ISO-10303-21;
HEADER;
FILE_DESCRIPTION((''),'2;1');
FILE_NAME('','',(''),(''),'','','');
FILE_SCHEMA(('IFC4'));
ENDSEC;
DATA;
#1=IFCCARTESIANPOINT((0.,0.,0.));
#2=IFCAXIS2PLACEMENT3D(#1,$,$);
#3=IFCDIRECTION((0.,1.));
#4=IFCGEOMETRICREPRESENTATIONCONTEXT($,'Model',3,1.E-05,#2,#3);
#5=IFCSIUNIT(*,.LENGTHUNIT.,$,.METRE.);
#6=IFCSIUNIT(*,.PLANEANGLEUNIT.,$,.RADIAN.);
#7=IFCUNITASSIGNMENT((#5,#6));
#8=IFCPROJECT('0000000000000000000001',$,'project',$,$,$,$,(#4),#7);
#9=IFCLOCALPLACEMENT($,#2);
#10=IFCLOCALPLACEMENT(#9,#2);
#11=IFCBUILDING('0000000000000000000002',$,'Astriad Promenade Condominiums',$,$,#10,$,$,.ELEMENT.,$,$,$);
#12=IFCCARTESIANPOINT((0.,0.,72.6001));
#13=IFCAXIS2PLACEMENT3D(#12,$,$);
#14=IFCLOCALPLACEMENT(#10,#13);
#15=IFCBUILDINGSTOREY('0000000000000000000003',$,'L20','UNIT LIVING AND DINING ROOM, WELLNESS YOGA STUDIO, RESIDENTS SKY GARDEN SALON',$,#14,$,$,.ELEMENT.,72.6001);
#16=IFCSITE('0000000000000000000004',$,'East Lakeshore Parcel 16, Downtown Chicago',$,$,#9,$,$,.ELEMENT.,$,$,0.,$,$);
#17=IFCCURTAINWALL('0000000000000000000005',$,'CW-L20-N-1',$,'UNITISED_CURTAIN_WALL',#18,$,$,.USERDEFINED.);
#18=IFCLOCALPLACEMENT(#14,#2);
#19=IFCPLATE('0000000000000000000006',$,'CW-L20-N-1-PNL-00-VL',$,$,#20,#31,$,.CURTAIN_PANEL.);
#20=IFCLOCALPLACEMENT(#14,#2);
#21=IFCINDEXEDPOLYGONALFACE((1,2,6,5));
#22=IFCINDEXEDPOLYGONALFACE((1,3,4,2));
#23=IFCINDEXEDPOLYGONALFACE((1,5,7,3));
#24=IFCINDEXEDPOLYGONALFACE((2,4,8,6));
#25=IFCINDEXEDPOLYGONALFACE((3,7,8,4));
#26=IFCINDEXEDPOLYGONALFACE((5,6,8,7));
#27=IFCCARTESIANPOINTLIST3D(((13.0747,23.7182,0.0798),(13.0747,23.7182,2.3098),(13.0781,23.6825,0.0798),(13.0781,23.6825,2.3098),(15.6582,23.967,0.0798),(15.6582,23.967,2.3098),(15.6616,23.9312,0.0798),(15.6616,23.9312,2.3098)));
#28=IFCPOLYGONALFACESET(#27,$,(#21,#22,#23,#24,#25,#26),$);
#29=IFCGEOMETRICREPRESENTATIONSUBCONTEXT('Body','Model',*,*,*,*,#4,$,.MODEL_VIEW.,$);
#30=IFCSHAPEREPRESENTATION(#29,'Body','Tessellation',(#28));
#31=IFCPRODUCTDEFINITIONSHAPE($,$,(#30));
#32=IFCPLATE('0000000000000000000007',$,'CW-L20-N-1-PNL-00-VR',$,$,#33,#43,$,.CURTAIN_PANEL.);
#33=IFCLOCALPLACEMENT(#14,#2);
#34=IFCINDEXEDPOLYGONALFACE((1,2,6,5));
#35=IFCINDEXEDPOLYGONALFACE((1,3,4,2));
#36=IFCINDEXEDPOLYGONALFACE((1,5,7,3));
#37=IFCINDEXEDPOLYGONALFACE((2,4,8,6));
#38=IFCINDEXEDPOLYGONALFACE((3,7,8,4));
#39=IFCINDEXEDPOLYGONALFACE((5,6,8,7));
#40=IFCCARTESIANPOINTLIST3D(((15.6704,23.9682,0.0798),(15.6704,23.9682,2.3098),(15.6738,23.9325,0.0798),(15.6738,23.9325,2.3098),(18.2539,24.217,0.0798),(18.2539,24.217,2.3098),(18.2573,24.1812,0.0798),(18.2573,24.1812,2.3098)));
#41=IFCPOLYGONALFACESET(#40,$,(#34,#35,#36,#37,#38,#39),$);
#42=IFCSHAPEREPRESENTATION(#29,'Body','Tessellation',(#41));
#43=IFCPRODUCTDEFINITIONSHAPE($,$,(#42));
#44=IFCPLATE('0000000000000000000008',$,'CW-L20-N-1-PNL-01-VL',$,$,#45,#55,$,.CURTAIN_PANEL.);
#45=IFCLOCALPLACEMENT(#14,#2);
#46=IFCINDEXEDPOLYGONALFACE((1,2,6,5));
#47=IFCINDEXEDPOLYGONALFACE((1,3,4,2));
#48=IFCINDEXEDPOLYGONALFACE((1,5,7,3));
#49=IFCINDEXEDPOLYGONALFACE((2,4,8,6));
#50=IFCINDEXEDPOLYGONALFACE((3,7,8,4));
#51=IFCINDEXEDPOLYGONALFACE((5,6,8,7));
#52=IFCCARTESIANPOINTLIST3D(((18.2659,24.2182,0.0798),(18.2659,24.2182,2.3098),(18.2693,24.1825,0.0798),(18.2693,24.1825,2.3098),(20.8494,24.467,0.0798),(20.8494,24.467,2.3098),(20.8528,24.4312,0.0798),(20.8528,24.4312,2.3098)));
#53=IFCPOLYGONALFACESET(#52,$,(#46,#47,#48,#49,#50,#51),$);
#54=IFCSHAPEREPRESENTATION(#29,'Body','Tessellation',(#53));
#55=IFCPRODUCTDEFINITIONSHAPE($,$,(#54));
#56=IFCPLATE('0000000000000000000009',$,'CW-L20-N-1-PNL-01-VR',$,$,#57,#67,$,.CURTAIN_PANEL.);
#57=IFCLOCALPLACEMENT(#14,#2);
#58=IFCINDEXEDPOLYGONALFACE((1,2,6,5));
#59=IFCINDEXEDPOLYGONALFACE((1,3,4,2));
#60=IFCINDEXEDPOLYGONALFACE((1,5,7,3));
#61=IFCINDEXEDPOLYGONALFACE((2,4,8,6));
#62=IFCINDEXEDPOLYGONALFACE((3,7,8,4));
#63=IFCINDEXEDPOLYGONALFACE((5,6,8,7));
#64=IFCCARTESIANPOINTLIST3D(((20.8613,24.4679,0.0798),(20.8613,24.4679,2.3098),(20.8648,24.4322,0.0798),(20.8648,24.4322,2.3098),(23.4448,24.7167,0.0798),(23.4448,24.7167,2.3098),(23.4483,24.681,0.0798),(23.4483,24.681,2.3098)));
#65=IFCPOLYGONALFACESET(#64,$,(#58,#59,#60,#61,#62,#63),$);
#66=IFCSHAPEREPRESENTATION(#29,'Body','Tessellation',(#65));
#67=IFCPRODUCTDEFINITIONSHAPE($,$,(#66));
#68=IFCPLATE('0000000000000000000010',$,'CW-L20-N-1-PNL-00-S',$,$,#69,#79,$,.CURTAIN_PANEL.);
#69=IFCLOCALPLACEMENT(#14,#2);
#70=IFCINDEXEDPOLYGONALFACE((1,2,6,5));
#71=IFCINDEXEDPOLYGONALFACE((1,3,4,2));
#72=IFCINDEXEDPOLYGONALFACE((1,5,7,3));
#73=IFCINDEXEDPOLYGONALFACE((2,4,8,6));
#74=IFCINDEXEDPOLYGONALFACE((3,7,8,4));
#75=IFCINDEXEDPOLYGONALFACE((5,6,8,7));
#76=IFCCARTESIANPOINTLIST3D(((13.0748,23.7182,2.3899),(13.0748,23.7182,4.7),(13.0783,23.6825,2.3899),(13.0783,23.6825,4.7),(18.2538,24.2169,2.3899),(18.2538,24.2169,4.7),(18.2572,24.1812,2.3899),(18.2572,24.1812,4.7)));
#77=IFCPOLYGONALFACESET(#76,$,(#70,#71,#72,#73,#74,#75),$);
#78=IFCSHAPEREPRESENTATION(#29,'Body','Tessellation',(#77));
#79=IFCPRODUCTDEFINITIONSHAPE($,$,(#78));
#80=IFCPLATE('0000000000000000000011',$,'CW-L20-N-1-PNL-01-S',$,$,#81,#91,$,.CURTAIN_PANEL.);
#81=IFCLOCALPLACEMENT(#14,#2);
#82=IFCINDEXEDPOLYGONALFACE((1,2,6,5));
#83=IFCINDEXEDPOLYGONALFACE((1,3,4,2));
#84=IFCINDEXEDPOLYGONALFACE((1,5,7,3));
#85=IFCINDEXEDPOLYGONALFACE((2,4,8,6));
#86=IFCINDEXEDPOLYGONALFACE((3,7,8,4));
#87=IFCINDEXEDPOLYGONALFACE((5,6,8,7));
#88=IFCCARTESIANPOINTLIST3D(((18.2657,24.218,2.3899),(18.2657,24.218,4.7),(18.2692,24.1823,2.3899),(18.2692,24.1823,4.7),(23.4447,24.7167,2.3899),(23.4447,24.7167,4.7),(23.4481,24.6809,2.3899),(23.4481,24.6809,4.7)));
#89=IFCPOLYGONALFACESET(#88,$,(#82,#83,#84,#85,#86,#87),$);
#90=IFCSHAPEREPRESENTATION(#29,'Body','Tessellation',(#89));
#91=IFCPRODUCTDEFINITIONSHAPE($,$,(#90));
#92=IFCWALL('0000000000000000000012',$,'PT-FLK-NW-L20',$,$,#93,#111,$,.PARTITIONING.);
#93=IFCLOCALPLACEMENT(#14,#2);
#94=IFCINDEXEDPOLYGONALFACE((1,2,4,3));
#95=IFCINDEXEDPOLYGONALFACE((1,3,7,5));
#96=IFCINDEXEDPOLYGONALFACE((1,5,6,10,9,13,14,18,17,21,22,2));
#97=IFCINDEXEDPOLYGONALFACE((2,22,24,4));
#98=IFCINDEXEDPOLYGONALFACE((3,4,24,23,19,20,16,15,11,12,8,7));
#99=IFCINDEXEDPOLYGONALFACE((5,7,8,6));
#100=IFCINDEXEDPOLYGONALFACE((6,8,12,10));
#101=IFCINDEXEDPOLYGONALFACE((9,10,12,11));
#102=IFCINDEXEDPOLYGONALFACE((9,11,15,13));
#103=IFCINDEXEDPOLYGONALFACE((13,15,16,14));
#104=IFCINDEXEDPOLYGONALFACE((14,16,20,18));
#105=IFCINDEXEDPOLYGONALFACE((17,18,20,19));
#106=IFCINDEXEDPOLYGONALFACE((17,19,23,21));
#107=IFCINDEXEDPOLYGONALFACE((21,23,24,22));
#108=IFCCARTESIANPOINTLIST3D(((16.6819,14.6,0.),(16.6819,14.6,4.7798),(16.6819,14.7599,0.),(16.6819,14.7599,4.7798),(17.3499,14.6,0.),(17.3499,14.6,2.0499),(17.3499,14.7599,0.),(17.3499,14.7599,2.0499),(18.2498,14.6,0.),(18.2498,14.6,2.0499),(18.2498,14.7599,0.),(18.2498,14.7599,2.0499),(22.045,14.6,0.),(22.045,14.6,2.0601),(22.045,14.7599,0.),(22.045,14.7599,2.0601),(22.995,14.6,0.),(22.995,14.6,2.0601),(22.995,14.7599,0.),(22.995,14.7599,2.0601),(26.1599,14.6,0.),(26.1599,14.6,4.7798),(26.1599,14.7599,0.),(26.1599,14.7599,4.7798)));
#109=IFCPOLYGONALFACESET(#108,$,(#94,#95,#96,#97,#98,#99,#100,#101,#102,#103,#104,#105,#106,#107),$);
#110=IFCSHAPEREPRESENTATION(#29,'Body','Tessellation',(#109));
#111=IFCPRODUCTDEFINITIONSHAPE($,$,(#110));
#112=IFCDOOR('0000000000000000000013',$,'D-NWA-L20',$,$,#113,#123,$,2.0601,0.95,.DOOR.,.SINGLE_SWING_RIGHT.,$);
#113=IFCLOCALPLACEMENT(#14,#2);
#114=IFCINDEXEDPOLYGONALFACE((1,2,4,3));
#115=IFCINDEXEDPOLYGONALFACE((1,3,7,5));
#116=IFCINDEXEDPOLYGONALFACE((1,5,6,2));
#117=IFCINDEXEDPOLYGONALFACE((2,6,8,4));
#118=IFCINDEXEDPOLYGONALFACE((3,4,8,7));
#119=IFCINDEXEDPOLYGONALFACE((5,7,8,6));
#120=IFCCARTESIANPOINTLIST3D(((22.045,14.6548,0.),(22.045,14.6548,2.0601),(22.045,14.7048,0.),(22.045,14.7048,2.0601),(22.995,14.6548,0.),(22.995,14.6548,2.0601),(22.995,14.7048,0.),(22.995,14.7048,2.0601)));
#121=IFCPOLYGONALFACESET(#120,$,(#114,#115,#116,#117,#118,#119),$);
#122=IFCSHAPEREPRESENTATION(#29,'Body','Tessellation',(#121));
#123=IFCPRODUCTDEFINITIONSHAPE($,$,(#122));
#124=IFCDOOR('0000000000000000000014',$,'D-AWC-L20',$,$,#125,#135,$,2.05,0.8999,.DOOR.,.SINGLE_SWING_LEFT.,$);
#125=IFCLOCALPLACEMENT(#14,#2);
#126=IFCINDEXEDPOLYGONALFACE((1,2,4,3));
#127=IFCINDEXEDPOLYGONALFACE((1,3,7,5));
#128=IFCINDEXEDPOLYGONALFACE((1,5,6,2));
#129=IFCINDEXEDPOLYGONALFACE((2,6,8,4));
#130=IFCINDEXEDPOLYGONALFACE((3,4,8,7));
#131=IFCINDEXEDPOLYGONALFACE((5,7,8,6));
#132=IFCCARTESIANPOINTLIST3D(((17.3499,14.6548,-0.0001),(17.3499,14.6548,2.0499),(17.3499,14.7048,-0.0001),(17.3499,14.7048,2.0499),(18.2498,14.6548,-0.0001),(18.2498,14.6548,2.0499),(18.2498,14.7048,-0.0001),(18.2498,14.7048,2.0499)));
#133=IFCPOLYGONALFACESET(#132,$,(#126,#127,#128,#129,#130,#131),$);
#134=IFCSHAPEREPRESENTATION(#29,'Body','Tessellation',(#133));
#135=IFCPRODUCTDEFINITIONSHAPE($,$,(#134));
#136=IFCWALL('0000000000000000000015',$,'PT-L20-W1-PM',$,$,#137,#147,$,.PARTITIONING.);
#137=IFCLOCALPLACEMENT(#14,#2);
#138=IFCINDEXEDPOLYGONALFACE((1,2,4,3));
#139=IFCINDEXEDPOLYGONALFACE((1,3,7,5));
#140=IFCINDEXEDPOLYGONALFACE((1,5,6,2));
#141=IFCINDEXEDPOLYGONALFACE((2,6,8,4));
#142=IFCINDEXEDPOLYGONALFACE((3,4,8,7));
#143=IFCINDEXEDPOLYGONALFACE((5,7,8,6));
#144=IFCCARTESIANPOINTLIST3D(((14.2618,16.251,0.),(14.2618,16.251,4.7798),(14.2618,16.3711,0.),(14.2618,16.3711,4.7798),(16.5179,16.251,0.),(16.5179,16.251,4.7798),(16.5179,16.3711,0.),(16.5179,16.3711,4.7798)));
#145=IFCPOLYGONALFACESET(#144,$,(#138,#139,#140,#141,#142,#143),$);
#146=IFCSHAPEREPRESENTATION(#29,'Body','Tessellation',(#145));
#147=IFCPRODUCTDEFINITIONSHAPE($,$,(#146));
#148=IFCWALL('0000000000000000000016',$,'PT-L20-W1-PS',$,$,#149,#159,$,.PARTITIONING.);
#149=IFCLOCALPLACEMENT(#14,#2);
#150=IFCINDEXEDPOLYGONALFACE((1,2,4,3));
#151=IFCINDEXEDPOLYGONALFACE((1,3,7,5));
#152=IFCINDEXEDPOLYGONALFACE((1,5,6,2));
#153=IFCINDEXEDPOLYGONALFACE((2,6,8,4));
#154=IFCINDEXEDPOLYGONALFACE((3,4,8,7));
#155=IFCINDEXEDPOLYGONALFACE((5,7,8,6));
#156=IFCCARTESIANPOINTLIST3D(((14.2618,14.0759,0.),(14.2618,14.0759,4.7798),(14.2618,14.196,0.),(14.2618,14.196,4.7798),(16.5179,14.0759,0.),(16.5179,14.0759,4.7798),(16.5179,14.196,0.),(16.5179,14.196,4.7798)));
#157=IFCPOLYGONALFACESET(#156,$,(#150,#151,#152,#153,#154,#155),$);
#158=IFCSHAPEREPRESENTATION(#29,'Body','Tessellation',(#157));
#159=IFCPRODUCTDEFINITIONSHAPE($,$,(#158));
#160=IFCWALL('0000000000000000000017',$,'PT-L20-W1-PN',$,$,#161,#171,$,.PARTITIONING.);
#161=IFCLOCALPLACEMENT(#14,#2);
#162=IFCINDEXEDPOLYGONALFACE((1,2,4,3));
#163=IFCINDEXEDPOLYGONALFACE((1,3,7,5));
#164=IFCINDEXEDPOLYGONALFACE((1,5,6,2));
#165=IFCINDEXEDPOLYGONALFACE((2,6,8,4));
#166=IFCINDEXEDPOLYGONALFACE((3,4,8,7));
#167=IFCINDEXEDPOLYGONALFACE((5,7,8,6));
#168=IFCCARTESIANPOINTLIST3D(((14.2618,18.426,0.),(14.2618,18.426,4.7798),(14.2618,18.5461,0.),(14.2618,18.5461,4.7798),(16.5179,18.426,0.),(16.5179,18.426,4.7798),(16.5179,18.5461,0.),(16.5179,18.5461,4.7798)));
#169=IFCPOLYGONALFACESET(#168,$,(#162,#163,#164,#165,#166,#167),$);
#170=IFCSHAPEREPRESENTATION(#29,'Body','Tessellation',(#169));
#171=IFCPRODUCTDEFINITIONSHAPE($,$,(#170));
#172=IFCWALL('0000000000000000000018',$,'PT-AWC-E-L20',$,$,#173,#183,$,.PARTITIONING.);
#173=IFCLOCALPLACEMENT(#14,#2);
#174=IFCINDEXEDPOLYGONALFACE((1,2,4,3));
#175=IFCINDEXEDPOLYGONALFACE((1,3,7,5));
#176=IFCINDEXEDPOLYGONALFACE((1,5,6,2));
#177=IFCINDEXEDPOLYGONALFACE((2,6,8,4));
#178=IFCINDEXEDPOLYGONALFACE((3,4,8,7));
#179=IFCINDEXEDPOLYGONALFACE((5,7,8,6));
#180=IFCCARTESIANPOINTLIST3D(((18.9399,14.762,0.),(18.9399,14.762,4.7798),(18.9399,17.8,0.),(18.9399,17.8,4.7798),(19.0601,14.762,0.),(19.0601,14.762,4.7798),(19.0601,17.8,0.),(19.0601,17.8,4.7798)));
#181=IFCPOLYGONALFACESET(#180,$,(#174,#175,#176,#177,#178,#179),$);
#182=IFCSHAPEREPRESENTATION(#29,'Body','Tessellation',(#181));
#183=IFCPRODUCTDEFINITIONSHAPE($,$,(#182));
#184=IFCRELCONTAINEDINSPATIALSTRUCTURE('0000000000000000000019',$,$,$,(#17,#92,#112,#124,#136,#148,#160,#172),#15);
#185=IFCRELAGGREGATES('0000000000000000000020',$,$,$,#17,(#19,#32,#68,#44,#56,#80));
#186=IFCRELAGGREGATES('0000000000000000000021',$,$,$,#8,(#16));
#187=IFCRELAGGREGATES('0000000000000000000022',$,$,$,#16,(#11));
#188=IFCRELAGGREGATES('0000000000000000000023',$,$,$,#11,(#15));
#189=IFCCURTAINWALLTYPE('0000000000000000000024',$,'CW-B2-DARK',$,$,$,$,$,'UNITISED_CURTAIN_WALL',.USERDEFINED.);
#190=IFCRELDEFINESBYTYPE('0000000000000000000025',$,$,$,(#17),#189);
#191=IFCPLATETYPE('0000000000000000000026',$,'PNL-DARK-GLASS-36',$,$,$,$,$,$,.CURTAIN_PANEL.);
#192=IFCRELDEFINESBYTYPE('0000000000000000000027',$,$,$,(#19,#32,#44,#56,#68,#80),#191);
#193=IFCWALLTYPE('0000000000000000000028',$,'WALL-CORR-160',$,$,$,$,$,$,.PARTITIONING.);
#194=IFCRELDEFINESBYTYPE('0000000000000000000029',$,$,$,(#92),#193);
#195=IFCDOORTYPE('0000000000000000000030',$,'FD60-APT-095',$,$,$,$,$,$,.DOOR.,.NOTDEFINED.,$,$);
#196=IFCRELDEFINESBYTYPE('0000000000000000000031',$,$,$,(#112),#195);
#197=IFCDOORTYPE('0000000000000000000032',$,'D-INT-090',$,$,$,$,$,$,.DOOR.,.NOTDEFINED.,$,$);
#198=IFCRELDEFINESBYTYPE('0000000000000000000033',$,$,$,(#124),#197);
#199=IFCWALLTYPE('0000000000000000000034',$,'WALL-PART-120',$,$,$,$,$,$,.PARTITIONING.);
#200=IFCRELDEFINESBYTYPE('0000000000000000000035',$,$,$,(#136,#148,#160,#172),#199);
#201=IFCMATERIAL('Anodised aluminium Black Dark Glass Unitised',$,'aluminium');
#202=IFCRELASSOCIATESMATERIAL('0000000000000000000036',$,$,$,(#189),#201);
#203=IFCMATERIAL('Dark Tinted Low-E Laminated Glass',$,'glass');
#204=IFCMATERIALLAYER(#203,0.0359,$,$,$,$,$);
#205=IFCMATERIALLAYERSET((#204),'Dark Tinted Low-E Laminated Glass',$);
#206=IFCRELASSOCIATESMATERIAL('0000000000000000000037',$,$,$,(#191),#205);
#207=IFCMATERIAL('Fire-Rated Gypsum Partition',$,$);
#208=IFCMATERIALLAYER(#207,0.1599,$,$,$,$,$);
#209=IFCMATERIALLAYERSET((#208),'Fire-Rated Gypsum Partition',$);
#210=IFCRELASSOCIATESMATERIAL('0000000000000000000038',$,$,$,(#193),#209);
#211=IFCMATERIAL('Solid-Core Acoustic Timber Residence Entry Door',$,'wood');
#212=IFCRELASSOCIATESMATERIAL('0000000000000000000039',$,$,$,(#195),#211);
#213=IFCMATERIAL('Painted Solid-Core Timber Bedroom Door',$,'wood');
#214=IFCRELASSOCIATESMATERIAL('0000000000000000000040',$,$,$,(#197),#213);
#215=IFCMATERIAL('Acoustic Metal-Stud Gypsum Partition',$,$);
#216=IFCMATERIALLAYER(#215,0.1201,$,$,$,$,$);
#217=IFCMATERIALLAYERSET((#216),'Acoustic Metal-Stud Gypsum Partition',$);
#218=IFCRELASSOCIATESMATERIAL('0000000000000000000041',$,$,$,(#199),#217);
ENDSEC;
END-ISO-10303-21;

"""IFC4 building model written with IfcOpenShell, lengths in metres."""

from ifc_helpers import new_model, si_unit, direction, frame, frame_2d, origin, origin_2d, place, context, subcontext, project, spatial, rectangle, extrude, source, transform, mapped, material, layer, layer_set, type_object, type_shapes, element, fill, aggregate, save


model = new_model("IFC4")

# Units and contexts
model_context = context("Model", 3, precision=1e-05, world=origin(), true_north=direction((0.0, 1.0)))
body_context = subcontext(model_context, "Body", "Model", "MODEL_VIEW")
ifc_project = project(units=[si_unit("LENGTHUNIT", "METRE"), si_unit("PLANEANGLEUNIT", "RADIAN")], contexts=[model_context])

# Site, building, storey
site_placement = place(None, origin())
site = spatial("IfcSite", under=ifc_project, at=site_placement, Name="East Lakeshore Parcel 16, Downtown Chicago", CompositionType="ELEMENT", RefElevation=0.0)
building_placement = place(site_placement, origin())
building = spatial("IfcBuilding", under=site, at=building_placement, Name="Astriad Promenade Condominiums", CompositionType="ELEMENT")
storey_placement = place(building_placement, frame((0.0, 0.0, 72.6001)))
storey = spatial("IfcBuildingStorey", under=building, at=storey_placement, Name="L20", Description="UNIT LIVING AND DINING ROOM, WELLNESS YOGA STUDIO, RESIDENTS SKY GARDEN SALON", CompositionType="ELEMENT", Elevation=72.6001)

# Curtain wall, plates
ifc_material_1 = material(Name="Anodised aluminium Black Dark Glass Unitised", Category="aluminium")
curtain_wall_type = type_object("IfcCurtainWallType", Name="CW-B2-DARK", ElementType="UNITISED_CURTAIN_WALL", PredefinedType="USERDEFINED", material=ifc_material_1)
curtain_wall_placement = place(storey_placement, origin())
curtain_wall = element("IfcCurtainWall", 1, at=curtain_wall_placement, inside=storey, type_object=curtain_wall_type, Name="CW-L20-N-1", ObjectType="UNITISED_CURTAIN_WALL", PredefinedType="USERDEFINED")
ifc_material_2 = material(Name="Dark Tinted Low-E Laminated Glass", Category="glass")
ifc_layer_1 = layer(ifc_material_2, 0.0359)
ifc_layer_set_1 = layer_set([ifc_layer_1], Name="Dark Tinted Low-E Laminated Glass")
plate_type = type_object("IfcPlateType", Name="PNL-DARK-GLASS-36", PredefinedType="CURTAIN_PANEL", material=ifc_layer_set_1)
shared_shape_1 = source(origin(), body_context, "Body", "SweptSolid", [
    extrude(rectangle(XDim=2.5955, YDim=0.0359, at=origin_2d()), origin(), (0.0, 0.0, 1.0), 2.23),
])
plate_1_placement = place(storey_placement, frame((14.3682, 23.8247, 0.0798), z_axis=(0.0, 0.0, 1.0), x_axis=(0.995396, 0.095846, 0.0)))
plate_1 = element("IfcPlate", 2, at=plate_1_placement, type_object=plate_type, Name="CW-L20-N-1-PNL-00-VL", PredefinedType="CURTAIN_PANEL", context=body_context, shape_type="MappedRepresentation", body=[
    mapped(shared_shape_1, transform((0.0, 0.0, 0.0), scale=1.0)),
])
plate_2_placement = place(storey_placement, frame((16.9639, 24.0747, 0.0798), z_axis=(0.0, 0.0, 1.0), x_axis=(0.995396, 0.095846, 0.0)))
plate_2 = element("IfcPlate", 3, at=plate_2_placement, type_object=plate_type, Name="CW-L20-N-1-PNL-00-VR", PredefinedType="CURTAIN_PANEL", context=body_context, shape_type="MappedRepresentation", body=[
    mapped(shared_shape_1, transform((0.0, 0.0, 0.0), scale=1.0)),
])
plate_3_placement = place(storey_placement, frame((19.5593, 24.3247, 0.0798), z_axis=(0.0, 0.0, 1.0), x_axis=(0.995396, 0.095846, 0.0)))
plate_3 = element("IfcPlate", 4, at=plate_3_placement, type_object=plate_type, Name="CW-L20-N-1-PNL-01-VL", PredefinedType="CURTAIN_PANEL", context=body_context, shape_type="MappedRepresentation", body=[
    mapped(shared_shape_1, transform((0.0, 0.0, 0.0), scale=1.0)),
])
plate_4_placement = place(storey_placement, frame((22.1548, 24.5745, 0.0798), z_axis=(0.0, 0.0, 1.0), x_axis=(0.995396, 0.095846, 0.0)))
plate_4 = element("IfcPlate", 5, at=plate_4_placement, type_object=plate_type, Name="CW-L20-N-1-PNL-01-VR", PredefinedType="CURTAIN_PANEL", context=body_context, shape_type="MappedRepresentation", body=[
    mapped(shared_shape_1, transform((0.0, 0.0, 0.0), scale=1.0)),
])
shared_shape_2 = source(origin(), body_context, "Body", "SweptSolid", [
    extrude(rectangle(XDim=5.2029, YDim=0.0359, at=origin_2d()), origin(), (0.0, 0.0, 1.0), 2.3101),
])
type_shapes(plate_type, [shared_shape_1, shared_shape_2])
plate_5_placement = place(storey_placement, frame((15.666, 23.9497, 2.3899), z_axis=(0.0, 0.0, 1.0), x_axis=(0.995396, 0.095846, 0.0)))
plate_5 = element("IfcPlate", 6, at=plate_5_placement, type_object=plate_type, Name="CW-L20-N-1-PNL-00-S", PredefinedType="CURTAIN_PANEL", context=body_context, shape_type="MappedRepresentation", body=[
    mapped(shared_shape_2, transform((0.0, 0.0, 0.0), scale=1.0)),
])
plate_6_placement = place(storey_placement, frame((20.8569, 24.4495, 2.3899), z_axis=(0.0, 0.0, 1.0), x_axis=(0.995396, 0.095846, 0.0)))
plate_6 = element("IfcPlate", 7, at=plate_6_placement, type_object=plate_type, Name="CW-L20-N-1-PNL-01-S", PredefinedType="CURTAIN_PANEL", context=body_context, shape_type="MappedRepresentation", body=[
    mapped(shared_shape_2, transform((0.0, 0.0, 0.0), scale=1.0)),
])
aggregate(curtain_wall, [plate_1, plate_2, plate_5, plate_3, plate_4, plate_6])

# Wall, openings, doors
ifc_material_3 = material(Name="Fire-Rated Gypsum Partition")
ifc_layer_2 = layer(ifc_material_3, 0.1599)
ifc_layer_set_2 = layer_set([ifc_layer_2], Name="Fire-Rated Gypsum Partition")
wall_type_1 = type_object("IfcWallType", Name="WALL-CORR-160", PredefinedType="PARTITIONING", material=ifc_layer_set_2)
wall_1_placement = place(storey_placement, frame((16.6819, 14.6799, 0.0), z_axis=(0.0, 0.0, 1.0), x_axis=(1.0, 0.0, 0.0)))
wall_1 = element("IfcWall", 8, at=wall_1_placement, inside=storey, type_object=wall_type_1, Name="PT-FLK-NW-L20", PredefinedType="PARTITIONING", context=body_context, shape_type="SweptSolid", body=[
    extrude(rectangle(XDim=9.478, YDim=0.1599, at=frame_2d((4.739, 0.0))), origin(), (0.0, 0.0, 1.0), 4.7798),
])
opening_1_placement = place(wall_1_placement, frame((0.668, 0.0, 0.0)))
opening_1 = element("IfcOpeningElement", 9, at=opening_1_placement, cuts=wall_1, PredefinedType="OPENING", context=body_context, shape_type="SweptSolid", body=[
    extrude(rectangle(XDim=0.8999, YDim=2.05, at=frame_2d((0.45, 1.0249))), frame((0.0, 0.0898, 0.0), z_axis=(0.0, -1.0, 0.0), x_axis=(1.0, 0.0, 0.0)), (0.0, 0.0, 1.0), 0.1799),
])
opening_2_placement = place(wall_1_placement, frame((5.363, 0.0, 0.0)))
opening_2 = element("IfcOpeningElement", 10, at=opening_2_placement, cuts=wall_1, PredefinedType="OPENING", context=body_context, shape_type="SweptSolid", body=[
    extrude(rectangle(XDim=0.95, YDim=2.0601, at=frame_2d((0.4751, 1.03))), frame((0.0, 0.0898, 0.0), z_axis=(0.0, -1.0, 0.0), x_axis=(1.0, 0.0, 0.0)), (0.0, 0.0, 1.0), 0.1799),
])
ifc_material_4 = material(Name="Solid-Core Acoustic Timber Residence Entry Door", Category="wood")
door_type_1 = type_object("IfcDoorType", Name="FD60-APT-095", OperationType="NOTDEFINED", PredefinedType="DOOR", material=ifc_material_4)
shared_shape_3 = source(origin(), body_context, "Body", "SweptSolid", [
    extrude(rectangle(XDim=0.95, YDim=2.0601, at=frame_2d((0.4751, 1.03))), frame((0.0, 0.0249, 0.0), z_axis=(0.0, -1.0, 0.0), x_axis=(1.0, 0.0, 0.0)), (0.0, 0.0, 1.0), 0.05),
])
type_shapes(door_type_1, [shared_shape_3])
door_1_placement = place(opening_2_placement, origin())
door_1 = element("IfcDoor", 11, at=door_1_placement, inside=storey, type_object=door_type_1, Name="D-NWA-L20", OperationType="SINGLE_SWING_RIGHT", OverallHeight=2.0601, OverallWidth=0.95, PredefinedType="DOOR", context=body_context, shape_type="MappedRepresentation", body=[
    mapped(shared_shape_3, transform((0.0, 0.0, 0.0), scale=1.0)),
])
fill(opening_2, door_1)
ifc_material_5 = material(Name="Painted Solid-Core Timber Bedroom Door", Category="wood")
door_type_2 = type_object("IfcDoorType", Name="D-INT-090", OperationType="NOTDEFINED", PredefinedType="DOOR", material=ifc_material_5)
shared_shape_4 = source(origin(), body_context, "Body", "SweptSolid", [
    extrude(rectangle(XDim=0.8999, YDim=2.05, at=frame_2d((0.45, 1.0249))), frame((0.0, 0.0249, 0.0), z_axis=(0.0, -1.0, 0.0), x_axis=(1.0, 0.0, 0.0)), (0.0, 0.0, 1.0), 0.05),
])
type_shapes(door_type_2, [shared_shape_4])
door_2_placement = place(opening_1_placement, origin())
door_2 = element("IfcDoor", 12, at=door_2_placement, inside=storey, type_object=door_type_2, Name="D-AWC-L20", OperationType="SINGLE_SWING_LEFT", OverallHeight=2.05, OverallWidth=0.8999, PredefinedType="DOOR", context=body_context, shape_type="MappedRepresentation", body=[
    mapped(shared_shape_4, transform((0.0, 0.0, 0.0), scale=1.0)),
])
fill(opening_1, door_2)

# Walls
ifc_material_6 = material(Name="Acoustic Metal-Stud Gypsum Partition")
ifc_layer_3 = layer(ifc_material_6, 0.1201)
ifc_layer_set_3 = layer_set([ifc_layer_3], Name="Acoustic Metal-Stud Gypsum Partition")
wall_type_2 = type_object("IfcWallType", Name="WALL-PART-120", PredefinedType="PARTITIONING", material=ifc_layer_set_3)
for number, where, z_axis, x_axis, name in (
    (13, (14.262, 16.311, 0.0), (0.0, 0.0, 1.0), (1.0, 0.0, 0.0), "PT-L20-W1-PM"),
    (14, (14.262, 14.136, 0.0), (0.0, 0.0, 1.0), (1.0, 0.0, 0.0), "PT-L20-W1-PS"),
    (15, (14.262, 18.4861, 0.0), (0.0, 0.0, 1.0), (1.0, 0.0, 0.0), "PT-L20-W1-PN"),
):
    element("IfcWall", number, at=place(storey_placement, frame(where, z_axis=z_axis, x_axis=x_axis)), inside=storey, type_object=wall_type_2, Name=name, PredefinedType="PARTITIONING", context=body_context, shape_type="SweptSolid", body=[
        extrude(rectangle(XDim=2.2561, YDim=0.1201, at=frame_2d((1.1279, 0.0))), origin(), (0.0, 0.0, 1.0), 4.7798),
    ])
wall_2_placement = place(storey_placement, frame((19.0, 14.762, 0.0), z_axis=(0.0, 0.0, 1.0), x_axis=(0.0, 1.0, 0.0)))
element("IfcWall", 16, at=wall_2_placement, inside=storey, type_object=wall_type_2, Name="PT-AWC-E-L20", PredefinedType="PARTITIONING", context=body_context, shape_type="SweptSolid", body=[
    extrude(rectangle(XDim=3.0381, YDim=0.1201, at=frame_2d((1.519, 0.0))), origin(), (0.0, 0.0, 1.0), 4.7798),
])

save(model, "model.ifc")
